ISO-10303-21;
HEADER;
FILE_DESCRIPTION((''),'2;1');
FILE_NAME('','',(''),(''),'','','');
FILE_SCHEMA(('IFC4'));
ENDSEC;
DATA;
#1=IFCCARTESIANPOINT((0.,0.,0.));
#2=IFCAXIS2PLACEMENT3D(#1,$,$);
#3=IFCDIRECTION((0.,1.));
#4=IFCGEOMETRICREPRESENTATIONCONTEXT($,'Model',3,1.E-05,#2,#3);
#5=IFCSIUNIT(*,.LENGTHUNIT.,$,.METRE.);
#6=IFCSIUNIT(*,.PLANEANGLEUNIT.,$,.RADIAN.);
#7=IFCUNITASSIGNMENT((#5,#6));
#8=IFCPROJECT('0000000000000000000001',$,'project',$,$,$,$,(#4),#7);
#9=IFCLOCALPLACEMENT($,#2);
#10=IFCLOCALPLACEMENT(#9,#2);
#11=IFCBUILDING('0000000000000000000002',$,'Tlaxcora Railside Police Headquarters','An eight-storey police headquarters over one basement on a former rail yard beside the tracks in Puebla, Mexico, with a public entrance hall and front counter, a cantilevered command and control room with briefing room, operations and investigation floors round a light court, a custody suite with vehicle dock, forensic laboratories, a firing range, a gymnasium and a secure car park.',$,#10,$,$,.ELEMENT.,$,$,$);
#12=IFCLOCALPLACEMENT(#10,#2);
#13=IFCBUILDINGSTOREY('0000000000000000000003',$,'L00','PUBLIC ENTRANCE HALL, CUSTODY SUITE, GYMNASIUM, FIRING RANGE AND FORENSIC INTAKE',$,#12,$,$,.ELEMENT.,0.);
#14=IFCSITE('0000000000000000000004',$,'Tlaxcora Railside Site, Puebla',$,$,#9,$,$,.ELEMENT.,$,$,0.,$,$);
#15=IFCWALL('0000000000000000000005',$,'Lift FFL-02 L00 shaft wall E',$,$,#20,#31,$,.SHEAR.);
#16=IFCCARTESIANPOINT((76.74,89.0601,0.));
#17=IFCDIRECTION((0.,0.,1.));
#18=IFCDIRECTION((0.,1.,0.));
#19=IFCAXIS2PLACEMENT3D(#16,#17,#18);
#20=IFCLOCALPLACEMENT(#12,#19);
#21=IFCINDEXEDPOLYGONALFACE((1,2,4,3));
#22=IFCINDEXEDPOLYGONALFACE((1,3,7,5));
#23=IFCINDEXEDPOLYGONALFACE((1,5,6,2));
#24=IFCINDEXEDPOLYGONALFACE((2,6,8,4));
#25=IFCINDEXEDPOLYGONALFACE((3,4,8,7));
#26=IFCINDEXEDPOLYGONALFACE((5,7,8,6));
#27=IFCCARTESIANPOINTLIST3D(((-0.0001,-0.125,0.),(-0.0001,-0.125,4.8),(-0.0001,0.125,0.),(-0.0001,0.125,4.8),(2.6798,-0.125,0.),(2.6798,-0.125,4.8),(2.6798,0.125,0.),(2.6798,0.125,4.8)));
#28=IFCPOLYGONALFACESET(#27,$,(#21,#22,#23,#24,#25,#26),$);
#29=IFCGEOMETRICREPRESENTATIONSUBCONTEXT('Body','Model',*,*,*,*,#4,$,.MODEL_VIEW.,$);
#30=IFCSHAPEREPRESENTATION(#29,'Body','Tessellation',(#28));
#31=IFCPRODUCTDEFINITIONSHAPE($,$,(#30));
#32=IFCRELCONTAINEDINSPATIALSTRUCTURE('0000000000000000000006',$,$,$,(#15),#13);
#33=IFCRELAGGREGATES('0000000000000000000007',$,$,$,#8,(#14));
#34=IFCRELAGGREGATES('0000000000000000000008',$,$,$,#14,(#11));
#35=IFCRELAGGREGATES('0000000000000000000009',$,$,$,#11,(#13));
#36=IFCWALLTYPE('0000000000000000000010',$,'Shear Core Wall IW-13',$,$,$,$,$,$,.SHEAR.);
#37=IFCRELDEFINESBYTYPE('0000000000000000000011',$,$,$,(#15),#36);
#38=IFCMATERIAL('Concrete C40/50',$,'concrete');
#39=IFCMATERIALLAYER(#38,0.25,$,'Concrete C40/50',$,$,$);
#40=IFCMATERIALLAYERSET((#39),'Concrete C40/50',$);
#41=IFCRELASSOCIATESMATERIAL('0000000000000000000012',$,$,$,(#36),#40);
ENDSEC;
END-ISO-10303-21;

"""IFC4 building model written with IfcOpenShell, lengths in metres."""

from ifc_helpers import new_model, si_unit, direction, frame, frame_2d, origin, place, context, subcontext, project, spatial, rectangle, extrude, material, layer, layer_set, type_object, element, save


model = new_model("IFC4")

# Units and contexts
model_context = context("Model", 3, precision=1e-05, world=origin(), true_north=direction((0.0, 1.0)))
body_context = subcontext(model_context, "Body", "Model", "MODEL_VIEW")
ifc_project = project(units=[si_unit("LENGTHUNIT", "METRE"), si_unit("PLANEANGLEUNIT", "RADIAN")], contexts=[model_context])

# Site, building, storey
site_placement = place(None, origin())
site = spatial("IfcSite", under=ifc_project, at=site_placement, Name="Tlaxcora Railside Site, Puebla", CompositionType="ELEMENT", RefElevation=0.0)
building_placement = place(site_placement, origin())
building = spatial("IfcBuilding", under=site, at=building_placement, Name="Tlaxcora Railside Police Headquarters", Description="An eight-storey police headquarters over one basement on a former rail yard beside the tracks in Puebla, Mexico, with a public entrance hall and front counter, a cantilevered command and control room with briefing room, operations and investigation floors round a light court, a custody suite with vehicle dock, forensic laboratories, a firing range, a gymnasium and a secure car park.", CompositionType="ELEMENT")
storey_placement = place(building_placement, origin())
storey = spatial("IfcBuildingStorey", under=building, at=storey_placement, Name="L00", Description="PUBLIC ENTRANCE HALL, CUSTODY SUITE, GYMNASIUM, FIRING RANGE AND FORENSIC INTAKE", CompositionType="ELEMENT", Elevation=0.0)

# Shared definitions
ifc_material_1 = material(Name="Concrete C40/50", Category="concrete")

# Shared definitions
ifc_layer_1 = layer(ifc_material_1, 0.25, Name="Concrete C40/50")
ifc_layer_set_1 = layer_set([ifc_layer_1], Name="Concrete C40/50")
wall_type_1 = type_object("IfcWallType", Name="Shear Core Wall IW-13", PredefinedType="SHEAR", material=ifc_layer_set_1)

# Wall
wall_1_placement = place(storey_placement, frame((76.74, 89.0601, 0.0), z_axis=(0.0, 0.0, 1.0), x_axis=(0.0, 1.0, 0.0)))
element("IfcWall", 1, at=wall_1_placement, inside=storey, type_object=wall_type_1, Name="Lift FFL-02 L00 shaft wall E", PredefinedType="SHEAR", context=body_context, shape_type="SweptSolid", body=[
    extrude(rectangle(XDim=2.6799, YDim=0.25, at=frame_2d((1.3398, 0.0))), origin(), (0.0, 0.0, 1.0), 4.8),
])

save(model, "model.ifc")
